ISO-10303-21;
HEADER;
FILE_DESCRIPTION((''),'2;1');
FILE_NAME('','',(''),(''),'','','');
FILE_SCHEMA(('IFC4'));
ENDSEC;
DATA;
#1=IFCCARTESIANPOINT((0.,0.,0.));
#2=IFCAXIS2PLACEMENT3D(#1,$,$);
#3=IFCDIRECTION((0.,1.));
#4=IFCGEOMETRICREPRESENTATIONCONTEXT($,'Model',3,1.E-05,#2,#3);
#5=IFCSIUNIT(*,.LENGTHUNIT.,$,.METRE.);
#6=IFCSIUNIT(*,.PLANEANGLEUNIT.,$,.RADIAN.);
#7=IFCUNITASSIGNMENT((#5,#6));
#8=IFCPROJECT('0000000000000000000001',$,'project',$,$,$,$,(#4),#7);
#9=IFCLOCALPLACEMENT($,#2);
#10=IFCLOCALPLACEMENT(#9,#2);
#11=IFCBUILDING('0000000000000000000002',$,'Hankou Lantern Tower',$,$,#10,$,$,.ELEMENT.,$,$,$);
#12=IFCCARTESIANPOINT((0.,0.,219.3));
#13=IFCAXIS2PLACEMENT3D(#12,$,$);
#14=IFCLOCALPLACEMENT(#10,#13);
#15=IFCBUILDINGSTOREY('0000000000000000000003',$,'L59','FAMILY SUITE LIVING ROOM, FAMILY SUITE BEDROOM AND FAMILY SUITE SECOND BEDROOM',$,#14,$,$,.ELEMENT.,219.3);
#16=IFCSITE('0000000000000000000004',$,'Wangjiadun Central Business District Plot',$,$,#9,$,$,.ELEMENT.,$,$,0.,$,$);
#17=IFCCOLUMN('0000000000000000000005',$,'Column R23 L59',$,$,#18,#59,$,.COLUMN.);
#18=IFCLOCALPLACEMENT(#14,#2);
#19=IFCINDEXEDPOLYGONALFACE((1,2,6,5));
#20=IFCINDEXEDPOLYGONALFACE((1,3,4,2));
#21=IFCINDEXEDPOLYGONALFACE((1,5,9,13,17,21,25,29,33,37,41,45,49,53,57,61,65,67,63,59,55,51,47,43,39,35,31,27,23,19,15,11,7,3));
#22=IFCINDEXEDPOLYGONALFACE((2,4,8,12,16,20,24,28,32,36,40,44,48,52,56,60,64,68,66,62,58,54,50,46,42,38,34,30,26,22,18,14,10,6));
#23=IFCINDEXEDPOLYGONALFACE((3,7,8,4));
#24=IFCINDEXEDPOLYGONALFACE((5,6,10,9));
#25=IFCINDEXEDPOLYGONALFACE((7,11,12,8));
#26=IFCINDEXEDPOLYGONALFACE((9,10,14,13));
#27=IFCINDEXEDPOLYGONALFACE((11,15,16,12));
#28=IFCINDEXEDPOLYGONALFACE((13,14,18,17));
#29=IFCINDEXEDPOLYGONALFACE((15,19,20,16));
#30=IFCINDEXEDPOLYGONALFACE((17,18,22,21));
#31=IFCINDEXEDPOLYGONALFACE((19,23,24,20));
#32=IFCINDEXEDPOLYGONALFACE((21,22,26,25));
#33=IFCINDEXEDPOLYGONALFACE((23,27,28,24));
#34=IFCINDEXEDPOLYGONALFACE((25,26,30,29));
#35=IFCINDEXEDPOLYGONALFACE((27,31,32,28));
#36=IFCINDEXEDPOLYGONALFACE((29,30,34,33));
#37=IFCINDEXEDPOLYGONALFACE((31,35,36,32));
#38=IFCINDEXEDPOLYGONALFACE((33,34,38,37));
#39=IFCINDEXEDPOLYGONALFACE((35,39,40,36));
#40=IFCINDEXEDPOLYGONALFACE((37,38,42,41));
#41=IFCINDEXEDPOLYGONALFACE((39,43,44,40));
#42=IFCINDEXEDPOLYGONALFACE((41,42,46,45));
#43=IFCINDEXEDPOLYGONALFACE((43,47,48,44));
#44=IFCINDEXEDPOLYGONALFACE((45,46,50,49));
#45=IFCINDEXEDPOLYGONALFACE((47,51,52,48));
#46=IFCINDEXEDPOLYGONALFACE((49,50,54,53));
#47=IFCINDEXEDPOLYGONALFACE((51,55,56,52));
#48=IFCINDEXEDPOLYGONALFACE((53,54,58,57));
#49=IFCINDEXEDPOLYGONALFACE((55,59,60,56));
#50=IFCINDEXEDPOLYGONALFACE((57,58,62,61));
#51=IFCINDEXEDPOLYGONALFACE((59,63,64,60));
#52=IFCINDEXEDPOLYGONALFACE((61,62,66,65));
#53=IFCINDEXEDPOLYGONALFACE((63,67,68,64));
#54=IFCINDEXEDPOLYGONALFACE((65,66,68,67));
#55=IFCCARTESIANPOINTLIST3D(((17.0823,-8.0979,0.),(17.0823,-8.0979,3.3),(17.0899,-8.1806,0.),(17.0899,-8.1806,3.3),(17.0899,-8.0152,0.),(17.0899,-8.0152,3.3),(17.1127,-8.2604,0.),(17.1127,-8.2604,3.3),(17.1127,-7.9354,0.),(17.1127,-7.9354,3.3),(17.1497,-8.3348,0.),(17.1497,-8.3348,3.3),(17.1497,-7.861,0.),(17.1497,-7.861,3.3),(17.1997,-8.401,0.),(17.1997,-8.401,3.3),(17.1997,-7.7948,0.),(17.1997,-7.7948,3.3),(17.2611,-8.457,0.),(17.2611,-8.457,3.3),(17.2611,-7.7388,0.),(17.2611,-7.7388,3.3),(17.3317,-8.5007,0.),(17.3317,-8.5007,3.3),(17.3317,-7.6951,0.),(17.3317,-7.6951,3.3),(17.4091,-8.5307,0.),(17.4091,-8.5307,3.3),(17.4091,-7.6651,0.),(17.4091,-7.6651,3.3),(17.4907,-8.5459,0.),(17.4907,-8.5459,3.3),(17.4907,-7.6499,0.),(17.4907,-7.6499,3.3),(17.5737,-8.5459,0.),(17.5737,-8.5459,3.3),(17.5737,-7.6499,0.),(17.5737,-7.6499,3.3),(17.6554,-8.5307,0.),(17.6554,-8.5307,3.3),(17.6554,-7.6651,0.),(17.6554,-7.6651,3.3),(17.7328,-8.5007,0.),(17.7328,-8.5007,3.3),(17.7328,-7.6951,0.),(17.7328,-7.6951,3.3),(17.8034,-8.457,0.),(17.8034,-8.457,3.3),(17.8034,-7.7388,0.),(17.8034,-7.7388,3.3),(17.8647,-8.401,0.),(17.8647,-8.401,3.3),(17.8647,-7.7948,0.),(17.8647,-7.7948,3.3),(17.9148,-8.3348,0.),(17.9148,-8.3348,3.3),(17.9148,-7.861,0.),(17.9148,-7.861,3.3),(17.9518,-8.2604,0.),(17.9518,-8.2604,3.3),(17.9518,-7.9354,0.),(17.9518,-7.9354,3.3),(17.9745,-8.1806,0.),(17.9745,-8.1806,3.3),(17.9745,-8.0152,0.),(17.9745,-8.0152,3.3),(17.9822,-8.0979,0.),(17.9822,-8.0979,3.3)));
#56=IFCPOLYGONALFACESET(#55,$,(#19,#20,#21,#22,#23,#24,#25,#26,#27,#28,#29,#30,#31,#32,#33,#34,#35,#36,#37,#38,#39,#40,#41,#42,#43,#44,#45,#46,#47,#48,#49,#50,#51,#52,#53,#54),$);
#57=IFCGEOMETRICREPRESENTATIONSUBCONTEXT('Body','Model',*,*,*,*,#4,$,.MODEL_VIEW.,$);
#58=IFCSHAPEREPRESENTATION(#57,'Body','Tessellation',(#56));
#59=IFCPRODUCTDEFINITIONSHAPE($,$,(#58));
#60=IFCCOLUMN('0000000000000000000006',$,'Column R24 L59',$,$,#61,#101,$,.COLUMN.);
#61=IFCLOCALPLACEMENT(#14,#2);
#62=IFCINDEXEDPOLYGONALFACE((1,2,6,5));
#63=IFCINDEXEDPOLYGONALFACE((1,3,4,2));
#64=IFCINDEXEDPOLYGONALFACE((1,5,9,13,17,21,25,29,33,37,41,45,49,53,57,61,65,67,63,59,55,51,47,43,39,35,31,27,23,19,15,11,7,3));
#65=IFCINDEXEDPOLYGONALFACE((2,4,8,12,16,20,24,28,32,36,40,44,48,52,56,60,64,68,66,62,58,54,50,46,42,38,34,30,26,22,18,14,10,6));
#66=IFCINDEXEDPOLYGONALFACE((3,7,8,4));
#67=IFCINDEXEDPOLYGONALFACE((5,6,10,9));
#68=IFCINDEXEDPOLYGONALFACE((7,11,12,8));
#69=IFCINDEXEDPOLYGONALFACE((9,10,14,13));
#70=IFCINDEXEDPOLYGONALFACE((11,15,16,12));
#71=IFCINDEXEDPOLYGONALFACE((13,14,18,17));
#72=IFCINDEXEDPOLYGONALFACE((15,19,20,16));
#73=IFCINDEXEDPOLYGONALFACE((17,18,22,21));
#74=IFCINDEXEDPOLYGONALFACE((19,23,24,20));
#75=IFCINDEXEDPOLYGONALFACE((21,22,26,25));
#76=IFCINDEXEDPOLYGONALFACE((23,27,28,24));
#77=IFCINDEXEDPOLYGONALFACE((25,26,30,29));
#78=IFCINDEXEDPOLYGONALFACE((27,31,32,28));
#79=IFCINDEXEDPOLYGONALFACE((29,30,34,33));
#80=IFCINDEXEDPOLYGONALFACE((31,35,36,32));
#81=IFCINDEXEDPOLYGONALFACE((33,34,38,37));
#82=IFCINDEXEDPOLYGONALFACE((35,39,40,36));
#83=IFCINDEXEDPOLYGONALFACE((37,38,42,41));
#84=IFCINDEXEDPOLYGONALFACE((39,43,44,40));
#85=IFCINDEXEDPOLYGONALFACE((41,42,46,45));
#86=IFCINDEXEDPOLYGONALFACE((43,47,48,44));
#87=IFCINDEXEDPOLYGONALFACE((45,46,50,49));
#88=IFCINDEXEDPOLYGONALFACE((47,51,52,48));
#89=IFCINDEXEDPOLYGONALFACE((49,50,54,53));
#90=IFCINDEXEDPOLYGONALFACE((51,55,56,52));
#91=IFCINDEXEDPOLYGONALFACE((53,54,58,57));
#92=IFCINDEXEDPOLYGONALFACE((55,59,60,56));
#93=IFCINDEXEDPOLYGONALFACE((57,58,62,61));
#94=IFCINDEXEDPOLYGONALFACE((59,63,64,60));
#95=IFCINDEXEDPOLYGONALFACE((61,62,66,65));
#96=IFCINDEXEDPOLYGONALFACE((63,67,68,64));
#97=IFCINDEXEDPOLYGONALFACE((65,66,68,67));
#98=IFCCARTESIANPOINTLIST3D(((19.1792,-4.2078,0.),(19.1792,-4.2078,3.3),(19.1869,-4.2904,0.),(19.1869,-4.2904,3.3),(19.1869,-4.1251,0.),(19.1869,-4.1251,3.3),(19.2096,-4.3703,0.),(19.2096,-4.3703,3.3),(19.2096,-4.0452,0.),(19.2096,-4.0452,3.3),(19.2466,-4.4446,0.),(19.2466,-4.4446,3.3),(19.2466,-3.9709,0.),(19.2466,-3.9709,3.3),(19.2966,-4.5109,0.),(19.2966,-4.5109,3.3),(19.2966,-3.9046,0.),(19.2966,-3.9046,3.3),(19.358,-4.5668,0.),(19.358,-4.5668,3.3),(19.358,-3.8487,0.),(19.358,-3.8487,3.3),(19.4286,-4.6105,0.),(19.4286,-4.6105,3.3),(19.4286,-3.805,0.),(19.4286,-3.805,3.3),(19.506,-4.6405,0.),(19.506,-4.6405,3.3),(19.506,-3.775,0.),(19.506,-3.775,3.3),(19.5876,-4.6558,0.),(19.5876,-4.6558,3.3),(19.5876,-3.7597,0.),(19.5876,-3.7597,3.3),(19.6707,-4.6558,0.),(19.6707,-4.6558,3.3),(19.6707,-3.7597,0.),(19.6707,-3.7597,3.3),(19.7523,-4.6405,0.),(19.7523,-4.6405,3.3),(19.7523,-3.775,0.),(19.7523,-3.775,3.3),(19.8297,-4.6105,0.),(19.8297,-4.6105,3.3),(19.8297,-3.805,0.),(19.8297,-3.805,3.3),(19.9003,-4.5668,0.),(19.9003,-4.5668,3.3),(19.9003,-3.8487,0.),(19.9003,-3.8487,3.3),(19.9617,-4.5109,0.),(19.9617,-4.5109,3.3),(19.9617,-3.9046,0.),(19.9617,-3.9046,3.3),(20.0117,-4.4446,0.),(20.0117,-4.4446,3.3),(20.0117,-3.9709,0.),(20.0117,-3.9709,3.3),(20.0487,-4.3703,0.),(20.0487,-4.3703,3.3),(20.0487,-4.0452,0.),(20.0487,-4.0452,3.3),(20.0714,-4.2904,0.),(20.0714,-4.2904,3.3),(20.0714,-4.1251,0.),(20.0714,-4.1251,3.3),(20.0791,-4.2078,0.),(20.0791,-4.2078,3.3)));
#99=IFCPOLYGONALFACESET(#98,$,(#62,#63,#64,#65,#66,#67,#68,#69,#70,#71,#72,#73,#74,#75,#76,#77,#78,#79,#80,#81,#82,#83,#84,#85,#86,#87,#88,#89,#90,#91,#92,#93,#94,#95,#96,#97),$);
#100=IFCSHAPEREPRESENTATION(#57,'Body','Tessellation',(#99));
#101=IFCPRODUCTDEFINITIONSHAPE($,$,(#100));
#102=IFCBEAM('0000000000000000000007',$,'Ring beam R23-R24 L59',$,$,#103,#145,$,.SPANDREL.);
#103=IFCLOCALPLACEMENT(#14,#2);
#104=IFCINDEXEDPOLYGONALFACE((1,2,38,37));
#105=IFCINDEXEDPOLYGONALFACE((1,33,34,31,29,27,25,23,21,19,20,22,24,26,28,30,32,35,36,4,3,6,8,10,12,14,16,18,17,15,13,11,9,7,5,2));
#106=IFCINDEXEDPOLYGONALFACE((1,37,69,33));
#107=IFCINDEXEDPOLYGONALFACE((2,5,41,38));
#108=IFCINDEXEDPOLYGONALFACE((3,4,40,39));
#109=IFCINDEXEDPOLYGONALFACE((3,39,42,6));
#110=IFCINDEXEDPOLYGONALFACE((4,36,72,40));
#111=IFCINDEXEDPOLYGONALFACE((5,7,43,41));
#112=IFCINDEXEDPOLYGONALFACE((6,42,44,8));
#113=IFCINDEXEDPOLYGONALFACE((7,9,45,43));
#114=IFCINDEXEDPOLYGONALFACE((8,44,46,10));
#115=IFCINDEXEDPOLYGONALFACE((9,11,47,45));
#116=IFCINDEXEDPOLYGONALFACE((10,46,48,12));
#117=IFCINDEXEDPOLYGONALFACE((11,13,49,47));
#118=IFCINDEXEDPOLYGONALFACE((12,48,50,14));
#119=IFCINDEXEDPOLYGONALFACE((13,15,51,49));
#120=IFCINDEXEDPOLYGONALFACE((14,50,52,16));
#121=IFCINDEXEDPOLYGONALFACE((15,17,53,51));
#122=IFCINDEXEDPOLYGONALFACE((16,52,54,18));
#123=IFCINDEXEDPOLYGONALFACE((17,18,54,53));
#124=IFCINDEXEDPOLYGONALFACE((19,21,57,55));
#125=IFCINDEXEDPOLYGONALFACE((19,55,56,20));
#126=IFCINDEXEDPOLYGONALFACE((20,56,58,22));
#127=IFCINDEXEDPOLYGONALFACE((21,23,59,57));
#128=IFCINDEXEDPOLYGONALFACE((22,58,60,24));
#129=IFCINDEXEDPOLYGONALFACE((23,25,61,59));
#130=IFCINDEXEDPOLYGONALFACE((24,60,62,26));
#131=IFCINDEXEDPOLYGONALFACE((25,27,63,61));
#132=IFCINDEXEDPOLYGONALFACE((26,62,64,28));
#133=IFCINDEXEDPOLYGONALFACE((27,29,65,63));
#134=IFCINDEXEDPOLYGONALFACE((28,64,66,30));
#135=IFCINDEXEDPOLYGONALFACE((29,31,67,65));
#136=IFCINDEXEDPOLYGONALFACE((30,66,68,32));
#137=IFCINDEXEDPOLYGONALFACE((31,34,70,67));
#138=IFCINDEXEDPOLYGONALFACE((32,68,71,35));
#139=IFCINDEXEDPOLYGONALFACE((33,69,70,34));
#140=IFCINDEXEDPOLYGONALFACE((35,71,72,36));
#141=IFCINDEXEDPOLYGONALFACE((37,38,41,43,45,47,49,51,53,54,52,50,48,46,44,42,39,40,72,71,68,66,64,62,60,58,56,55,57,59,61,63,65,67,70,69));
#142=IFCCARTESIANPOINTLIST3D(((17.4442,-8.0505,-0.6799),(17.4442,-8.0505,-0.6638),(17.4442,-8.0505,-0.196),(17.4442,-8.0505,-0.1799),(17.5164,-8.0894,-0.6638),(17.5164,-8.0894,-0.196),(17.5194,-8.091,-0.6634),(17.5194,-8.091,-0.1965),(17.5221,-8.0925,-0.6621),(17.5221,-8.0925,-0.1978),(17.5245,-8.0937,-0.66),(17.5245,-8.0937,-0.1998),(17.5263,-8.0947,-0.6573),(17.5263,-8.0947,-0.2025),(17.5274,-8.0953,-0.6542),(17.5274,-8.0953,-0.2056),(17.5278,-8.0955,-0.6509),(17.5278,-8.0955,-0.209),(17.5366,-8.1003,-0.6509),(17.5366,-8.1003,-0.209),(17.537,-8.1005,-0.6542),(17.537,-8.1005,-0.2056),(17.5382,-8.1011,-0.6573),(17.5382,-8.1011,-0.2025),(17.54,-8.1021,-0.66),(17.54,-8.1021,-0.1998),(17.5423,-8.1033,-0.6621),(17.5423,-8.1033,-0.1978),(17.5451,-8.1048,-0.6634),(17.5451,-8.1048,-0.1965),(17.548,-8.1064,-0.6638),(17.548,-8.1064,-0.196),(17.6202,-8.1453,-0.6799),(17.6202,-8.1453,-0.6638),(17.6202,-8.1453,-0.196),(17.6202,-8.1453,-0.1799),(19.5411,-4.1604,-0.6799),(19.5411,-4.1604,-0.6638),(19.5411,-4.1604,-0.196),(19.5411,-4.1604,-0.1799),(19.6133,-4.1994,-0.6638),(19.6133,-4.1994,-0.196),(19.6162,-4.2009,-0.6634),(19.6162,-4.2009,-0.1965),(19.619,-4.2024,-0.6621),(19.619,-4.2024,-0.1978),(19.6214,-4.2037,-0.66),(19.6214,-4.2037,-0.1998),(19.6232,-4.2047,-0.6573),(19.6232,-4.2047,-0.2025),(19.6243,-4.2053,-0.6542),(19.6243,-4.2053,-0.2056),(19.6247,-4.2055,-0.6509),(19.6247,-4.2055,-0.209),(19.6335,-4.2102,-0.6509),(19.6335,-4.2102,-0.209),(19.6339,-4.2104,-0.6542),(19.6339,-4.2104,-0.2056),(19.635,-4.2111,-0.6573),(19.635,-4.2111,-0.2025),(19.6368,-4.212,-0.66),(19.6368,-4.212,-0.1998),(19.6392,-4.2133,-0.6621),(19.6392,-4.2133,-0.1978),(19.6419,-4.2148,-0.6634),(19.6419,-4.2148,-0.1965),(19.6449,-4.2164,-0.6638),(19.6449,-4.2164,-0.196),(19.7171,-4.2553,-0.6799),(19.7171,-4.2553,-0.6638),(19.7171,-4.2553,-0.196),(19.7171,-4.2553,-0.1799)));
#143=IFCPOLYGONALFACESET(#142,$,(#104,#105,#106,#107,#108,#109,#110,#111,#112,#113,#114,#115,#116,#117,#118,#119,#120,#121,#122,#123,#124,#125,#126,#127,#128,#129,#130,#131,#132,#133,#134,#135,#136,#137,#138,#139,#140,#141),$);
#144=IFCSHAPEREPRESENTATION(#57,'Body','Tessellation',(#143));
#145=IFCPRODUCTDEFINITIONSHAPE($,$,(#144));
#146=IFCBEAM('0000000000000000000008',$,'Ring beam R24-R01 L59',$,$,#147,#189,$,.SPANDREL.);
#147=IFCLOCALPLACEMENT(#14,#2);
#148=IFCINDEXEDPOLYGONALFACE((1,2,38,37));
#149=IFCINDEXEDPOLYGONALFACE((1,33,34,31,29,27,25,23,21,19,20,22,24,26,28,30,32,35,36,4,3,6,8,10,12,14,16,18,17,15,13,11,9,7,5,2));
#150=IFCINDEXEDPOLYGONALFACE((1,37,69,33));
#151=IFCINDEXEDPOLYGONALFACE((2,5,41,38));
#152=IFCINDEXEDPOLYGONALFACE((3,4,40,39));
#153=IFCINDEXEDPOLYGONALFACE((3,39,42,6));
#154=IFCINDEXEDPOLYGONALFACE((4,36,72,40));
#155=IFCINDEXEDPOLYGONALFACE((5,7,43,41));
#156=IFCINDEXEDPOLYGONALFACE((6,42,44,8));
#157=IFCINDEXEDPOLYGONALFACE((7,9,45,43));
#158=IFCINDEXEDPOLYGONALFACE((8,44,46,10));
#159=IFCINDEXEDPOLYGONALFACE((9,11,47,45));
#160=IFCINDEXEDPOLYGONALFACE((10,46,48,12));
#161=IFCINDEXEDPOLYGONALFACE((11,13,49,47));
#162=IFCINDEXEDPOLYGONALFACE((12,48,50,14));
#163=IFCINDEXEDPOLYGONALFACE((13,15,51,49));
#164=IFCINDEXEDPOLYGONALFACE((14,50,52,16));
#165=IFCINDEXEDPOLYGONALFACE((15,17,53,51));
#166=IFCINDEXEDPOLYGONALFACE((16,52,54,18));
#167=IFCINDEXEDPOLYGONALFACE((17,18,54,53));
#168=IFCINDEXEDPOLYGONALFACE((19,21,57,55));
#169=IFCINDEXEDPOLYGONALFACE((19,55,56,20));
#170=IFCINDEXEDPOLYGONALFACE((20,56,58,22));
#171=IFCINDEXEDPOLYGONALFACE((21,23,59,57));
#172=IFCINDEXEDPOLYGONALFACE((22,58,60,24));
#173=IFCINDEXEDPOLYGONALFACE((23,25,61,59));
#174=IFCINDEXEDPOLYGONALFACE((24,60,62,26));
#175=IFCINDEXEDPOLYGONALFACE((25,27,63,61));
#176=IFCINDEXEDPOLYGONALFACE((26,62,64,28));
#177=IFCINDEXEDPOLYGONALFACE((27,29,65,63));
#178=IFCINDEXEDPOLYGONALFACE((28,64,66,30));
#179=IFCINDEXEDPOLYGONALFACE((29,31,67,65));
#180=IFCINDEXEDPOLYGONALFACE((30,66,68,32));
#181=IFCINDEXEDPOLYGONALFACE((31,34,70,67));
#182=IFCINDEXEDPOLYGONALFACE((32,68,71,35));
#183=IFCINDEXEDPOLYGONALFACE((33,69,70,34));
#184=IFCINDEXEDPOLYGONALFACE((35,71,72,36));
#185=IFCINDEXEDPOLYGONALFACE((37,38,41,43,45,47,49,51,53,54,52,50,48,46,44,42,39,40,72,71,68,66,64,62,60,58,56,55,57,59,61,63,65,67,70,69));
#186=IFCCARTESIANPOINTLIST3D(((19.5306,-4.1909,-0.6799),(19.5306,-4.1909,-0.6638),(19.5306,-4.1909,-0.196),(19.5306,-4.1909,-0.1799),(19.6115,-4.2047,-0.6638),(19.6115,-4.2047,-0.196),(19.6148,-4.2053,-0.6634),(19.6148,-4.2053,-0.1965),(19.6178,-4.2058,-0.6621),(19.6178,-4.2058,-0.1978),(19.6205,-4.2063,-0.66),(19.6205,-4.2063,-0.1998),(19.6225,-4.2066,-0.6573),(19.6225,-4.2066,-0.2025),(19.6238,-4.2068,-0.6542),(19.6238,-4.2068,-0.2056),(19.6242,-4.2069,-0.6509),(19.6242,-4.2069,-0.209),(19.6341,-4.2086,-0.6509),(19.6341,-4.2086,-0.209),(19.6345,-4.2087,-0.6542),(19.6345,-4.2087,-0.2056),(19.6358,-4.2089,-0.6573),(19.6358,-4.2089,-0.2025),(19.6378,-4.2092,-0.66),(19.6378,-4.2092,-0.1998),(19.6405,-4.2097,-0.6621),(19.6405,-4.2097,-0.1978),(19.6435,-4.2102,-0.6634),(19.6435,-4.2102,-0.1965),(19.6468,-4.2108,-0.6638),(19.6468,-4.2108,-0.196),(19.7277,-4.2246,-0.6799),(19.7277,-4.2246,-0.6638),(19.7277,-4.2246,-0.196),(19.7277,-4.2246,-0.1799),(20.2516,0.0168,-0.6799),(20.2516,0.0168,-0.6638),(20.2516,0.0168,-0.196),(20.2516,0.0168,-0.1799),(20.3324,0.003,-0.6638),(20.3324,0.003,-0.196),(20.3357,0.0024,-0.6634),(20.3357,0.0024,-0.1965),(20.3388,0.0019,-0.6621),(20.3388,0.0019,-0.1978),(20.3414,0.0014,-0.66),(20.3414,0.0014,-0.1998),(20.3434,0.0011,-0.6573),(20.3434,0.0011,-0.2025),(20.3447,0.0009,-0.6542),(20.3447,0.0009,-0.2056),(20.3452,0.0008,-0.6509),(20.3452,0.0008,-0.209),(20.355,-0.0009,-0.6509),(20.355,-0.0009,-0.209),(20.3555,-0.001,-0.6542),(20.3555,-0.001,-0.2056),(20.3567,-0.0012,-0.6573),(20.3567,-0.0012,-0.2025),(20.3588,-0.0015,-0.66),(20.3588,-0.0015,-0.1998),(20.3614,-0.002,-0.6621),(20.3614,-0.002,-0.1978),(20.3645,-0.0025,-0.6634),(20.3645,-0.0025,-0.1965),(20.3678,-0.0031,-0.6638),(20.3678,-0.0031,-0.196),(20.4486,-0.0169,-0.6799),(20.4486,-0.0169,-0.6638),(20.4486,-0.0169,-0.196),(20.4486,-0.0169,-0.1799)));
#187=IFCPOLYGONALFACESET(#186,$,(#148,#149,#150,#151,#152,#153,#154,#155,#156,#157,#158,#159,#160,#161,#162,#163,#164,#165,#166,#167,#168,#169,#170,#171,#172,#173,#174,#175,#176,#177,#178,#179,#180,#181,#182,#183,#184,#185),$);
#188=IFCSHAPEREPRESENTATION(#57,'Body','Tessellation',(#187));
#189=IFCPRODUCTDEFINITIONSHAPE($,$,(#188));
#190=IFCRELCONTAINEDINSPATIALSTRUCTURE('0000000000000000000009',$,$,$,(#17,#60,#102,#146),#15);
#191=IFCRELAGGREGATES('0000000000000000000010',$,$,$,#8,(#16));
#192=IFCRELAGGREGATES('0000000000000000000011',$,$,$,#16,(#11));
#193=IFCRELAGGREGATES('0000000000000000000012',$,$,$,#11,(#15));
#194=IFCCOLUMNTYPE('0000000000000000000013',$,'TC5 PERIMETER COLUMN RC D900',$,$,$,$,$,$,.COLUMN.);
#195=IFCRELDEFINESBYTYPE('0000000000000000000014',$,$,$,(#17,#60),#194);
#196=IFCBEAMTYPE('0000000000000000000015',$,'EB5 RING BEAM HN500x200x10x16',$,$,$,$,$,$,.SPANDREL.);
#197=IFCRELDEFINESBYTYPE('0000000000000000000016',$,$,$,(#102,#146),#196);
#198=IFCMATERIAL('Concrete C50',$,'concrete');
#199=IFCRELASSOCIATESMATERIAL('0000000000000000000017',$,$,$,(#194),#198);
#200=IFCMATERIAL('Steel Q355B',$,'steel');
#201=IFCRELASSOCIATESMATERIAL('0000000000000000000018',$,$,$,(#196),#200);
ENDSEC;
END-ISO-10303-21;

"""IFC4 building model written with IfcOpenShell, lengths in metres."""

from ifc_helpers import new_model, si_unit, direction, frame, origin, origin_2d, place, context, subcontext, project, spatial, circle, i_section, extrude, material, material_profile, profile_set, type_object, element, save


model = new_model("IFC4")

# Units and contexts
model_context = context("Model", 3, precision=1e-05, world=origin(), true_north=direction((0.0, 1.0)))
body_context = subcontext(model_context, "Body", "Model", "MODEL_VIEW")
ifc_project = project(units=[si_unit("LENGTHUNIT", "METRE"), si_unit("PLANEANGLEUNIT", "RADIAN")], contexts=[model_context])

# Site, building, storey
site_placement = place(None, origin())
site = spatial("IfcSite", under=ifc_project, at=site_placement, Name="Wangjiadun Central Business District Plot", CompositionType="ELEMENT", RefElevation=0.0)
building_placement = place(site_placement, origin())
building = spatial("IfcBuilding", under=site, at=building_placement, Name="Hankou Lantern Tower", CompositionType="ELEMENT")
storey_placement = place(building_placement, frame((0.0, 0.0, 219.3)))
storey = spatial("IfcBuildingStorey", under=building, at=storey_placement, Name="L59", Description="FAMILY SUITE LIVING ROOM, FAMILY SUITE BEDROOM AND FAMILY SUITE SECOND BEDROOM", CompositionType="ELEMENT", Elevation=219.3)

# Columns
ifc_material_1 = material(Name="Concrete C50", Category="concrete")
ifc_material_profile_1 = material_profile(ifc_material_1, circle(Radius=0.45, at=origin_2d()), Name="RC D900")
ifc_profile_set_1 = profile_set([ifc_material_profile_1], Name="Concrete C50")
column_type = type_object("IfcColumnType", Name="TC5 PERIMETER COLUMN RC D900", PredefinedType="COLUMN", material=ifc_profile_set_1)
for number, where, z_axis, x_axis, name in (
    (1, (17.5322, -8.0979, 0.0), (0.0, 0.0, 1.0), (1.0, 0.0, 0.0), "Column R23 L59"),
    (2, (19.6292, -4.2078, 0.0), (0.0, 0.0, 1.0), (1.0, 0.0, 0.0), "Column R24 L59"),
):
    element("IfcColumn", number, at=place(storey_placement, frame(where, z_axis=z_axis, x_axis=x_axis)), inside=storey, type_object=column_type, Name=name, PredefinedType="COLUMN", context=body_context, shape_type="SweptSolid", body=[
        extrude(circle(Radius=0.45, at=origin_2d()), origin(), (0.0, 0.0, 1.0), 3.3),
    ])

# Beams
ifc_material_2 = material(Name="Steel Q355B", Category="steel")
ifc_material_profile_2 = material_profile(ifc_material_2, i_section(OverallWidth=0.2, OverallDepth=0.5, WebThickness=0.01, FlangeThickness=0.0161, FilletRadius=0.0129, at=origin_2d()), Name="HN500x200x10x16")
ifc_profile_set_2 = profile_set([ifc_material_profile_2], Name="Steel Q355B")
beam_type = type_object("IfcBeamType", Name="EB5 RING BEAM HN500x200x10x16", PredefinedType="SPANDREL", material=ifc_profile_set_2)
beam_1_placement = place(storey_placement, frame((17.5322, -8.0979, -0.4299), z_axis=(0.474492, 0.88026, 0.0), x_axis=(-0.88026, 0.474492, 0.0)))
element("IfcBeam", 3, at=beam_1_placement, inside=storey, type_object=beam_type, Name="Ring beam R23-R24 L59", PredefinedType="SPANDREL", context=body_context, shape_type="SweptSolid", body=[
    extrude(i_section(OverallWidth=0.2, OverallDepth=0.5, WebThickness=0.01, FlangeThickness=0.0161, FilletRadius=0.0129, at=origin_2d()), origin(), (0.0, 0.0, 1.0), 4.4192),
])
beam_2_placement = place(storey_placement, frame((19.6292, -4.2078, -0.4299), z_axis=(0.168877, 0.985637, 0.0), x_axis=(-0.985637, 0.168877, 0.0)))
element("IfcBeam", 4, at=beam_2_placement, inside=storey, type_object=beam_type, Name="Ring beam R24-R01 L59", PredefinedType="SPANDREL", context=body_context, shape_type="SweptSolid", body=[
    extrude(i_section(OverallWidth=0.2, OverallDepth=0.5, WebThickness=0.01, FlangeThickness=0.0161, FilletRadius=0.0129, at=origin_2d()), origin(), (0.0, 0.0, 1.0), 4.269),
])

save(model, "model.ifc")
